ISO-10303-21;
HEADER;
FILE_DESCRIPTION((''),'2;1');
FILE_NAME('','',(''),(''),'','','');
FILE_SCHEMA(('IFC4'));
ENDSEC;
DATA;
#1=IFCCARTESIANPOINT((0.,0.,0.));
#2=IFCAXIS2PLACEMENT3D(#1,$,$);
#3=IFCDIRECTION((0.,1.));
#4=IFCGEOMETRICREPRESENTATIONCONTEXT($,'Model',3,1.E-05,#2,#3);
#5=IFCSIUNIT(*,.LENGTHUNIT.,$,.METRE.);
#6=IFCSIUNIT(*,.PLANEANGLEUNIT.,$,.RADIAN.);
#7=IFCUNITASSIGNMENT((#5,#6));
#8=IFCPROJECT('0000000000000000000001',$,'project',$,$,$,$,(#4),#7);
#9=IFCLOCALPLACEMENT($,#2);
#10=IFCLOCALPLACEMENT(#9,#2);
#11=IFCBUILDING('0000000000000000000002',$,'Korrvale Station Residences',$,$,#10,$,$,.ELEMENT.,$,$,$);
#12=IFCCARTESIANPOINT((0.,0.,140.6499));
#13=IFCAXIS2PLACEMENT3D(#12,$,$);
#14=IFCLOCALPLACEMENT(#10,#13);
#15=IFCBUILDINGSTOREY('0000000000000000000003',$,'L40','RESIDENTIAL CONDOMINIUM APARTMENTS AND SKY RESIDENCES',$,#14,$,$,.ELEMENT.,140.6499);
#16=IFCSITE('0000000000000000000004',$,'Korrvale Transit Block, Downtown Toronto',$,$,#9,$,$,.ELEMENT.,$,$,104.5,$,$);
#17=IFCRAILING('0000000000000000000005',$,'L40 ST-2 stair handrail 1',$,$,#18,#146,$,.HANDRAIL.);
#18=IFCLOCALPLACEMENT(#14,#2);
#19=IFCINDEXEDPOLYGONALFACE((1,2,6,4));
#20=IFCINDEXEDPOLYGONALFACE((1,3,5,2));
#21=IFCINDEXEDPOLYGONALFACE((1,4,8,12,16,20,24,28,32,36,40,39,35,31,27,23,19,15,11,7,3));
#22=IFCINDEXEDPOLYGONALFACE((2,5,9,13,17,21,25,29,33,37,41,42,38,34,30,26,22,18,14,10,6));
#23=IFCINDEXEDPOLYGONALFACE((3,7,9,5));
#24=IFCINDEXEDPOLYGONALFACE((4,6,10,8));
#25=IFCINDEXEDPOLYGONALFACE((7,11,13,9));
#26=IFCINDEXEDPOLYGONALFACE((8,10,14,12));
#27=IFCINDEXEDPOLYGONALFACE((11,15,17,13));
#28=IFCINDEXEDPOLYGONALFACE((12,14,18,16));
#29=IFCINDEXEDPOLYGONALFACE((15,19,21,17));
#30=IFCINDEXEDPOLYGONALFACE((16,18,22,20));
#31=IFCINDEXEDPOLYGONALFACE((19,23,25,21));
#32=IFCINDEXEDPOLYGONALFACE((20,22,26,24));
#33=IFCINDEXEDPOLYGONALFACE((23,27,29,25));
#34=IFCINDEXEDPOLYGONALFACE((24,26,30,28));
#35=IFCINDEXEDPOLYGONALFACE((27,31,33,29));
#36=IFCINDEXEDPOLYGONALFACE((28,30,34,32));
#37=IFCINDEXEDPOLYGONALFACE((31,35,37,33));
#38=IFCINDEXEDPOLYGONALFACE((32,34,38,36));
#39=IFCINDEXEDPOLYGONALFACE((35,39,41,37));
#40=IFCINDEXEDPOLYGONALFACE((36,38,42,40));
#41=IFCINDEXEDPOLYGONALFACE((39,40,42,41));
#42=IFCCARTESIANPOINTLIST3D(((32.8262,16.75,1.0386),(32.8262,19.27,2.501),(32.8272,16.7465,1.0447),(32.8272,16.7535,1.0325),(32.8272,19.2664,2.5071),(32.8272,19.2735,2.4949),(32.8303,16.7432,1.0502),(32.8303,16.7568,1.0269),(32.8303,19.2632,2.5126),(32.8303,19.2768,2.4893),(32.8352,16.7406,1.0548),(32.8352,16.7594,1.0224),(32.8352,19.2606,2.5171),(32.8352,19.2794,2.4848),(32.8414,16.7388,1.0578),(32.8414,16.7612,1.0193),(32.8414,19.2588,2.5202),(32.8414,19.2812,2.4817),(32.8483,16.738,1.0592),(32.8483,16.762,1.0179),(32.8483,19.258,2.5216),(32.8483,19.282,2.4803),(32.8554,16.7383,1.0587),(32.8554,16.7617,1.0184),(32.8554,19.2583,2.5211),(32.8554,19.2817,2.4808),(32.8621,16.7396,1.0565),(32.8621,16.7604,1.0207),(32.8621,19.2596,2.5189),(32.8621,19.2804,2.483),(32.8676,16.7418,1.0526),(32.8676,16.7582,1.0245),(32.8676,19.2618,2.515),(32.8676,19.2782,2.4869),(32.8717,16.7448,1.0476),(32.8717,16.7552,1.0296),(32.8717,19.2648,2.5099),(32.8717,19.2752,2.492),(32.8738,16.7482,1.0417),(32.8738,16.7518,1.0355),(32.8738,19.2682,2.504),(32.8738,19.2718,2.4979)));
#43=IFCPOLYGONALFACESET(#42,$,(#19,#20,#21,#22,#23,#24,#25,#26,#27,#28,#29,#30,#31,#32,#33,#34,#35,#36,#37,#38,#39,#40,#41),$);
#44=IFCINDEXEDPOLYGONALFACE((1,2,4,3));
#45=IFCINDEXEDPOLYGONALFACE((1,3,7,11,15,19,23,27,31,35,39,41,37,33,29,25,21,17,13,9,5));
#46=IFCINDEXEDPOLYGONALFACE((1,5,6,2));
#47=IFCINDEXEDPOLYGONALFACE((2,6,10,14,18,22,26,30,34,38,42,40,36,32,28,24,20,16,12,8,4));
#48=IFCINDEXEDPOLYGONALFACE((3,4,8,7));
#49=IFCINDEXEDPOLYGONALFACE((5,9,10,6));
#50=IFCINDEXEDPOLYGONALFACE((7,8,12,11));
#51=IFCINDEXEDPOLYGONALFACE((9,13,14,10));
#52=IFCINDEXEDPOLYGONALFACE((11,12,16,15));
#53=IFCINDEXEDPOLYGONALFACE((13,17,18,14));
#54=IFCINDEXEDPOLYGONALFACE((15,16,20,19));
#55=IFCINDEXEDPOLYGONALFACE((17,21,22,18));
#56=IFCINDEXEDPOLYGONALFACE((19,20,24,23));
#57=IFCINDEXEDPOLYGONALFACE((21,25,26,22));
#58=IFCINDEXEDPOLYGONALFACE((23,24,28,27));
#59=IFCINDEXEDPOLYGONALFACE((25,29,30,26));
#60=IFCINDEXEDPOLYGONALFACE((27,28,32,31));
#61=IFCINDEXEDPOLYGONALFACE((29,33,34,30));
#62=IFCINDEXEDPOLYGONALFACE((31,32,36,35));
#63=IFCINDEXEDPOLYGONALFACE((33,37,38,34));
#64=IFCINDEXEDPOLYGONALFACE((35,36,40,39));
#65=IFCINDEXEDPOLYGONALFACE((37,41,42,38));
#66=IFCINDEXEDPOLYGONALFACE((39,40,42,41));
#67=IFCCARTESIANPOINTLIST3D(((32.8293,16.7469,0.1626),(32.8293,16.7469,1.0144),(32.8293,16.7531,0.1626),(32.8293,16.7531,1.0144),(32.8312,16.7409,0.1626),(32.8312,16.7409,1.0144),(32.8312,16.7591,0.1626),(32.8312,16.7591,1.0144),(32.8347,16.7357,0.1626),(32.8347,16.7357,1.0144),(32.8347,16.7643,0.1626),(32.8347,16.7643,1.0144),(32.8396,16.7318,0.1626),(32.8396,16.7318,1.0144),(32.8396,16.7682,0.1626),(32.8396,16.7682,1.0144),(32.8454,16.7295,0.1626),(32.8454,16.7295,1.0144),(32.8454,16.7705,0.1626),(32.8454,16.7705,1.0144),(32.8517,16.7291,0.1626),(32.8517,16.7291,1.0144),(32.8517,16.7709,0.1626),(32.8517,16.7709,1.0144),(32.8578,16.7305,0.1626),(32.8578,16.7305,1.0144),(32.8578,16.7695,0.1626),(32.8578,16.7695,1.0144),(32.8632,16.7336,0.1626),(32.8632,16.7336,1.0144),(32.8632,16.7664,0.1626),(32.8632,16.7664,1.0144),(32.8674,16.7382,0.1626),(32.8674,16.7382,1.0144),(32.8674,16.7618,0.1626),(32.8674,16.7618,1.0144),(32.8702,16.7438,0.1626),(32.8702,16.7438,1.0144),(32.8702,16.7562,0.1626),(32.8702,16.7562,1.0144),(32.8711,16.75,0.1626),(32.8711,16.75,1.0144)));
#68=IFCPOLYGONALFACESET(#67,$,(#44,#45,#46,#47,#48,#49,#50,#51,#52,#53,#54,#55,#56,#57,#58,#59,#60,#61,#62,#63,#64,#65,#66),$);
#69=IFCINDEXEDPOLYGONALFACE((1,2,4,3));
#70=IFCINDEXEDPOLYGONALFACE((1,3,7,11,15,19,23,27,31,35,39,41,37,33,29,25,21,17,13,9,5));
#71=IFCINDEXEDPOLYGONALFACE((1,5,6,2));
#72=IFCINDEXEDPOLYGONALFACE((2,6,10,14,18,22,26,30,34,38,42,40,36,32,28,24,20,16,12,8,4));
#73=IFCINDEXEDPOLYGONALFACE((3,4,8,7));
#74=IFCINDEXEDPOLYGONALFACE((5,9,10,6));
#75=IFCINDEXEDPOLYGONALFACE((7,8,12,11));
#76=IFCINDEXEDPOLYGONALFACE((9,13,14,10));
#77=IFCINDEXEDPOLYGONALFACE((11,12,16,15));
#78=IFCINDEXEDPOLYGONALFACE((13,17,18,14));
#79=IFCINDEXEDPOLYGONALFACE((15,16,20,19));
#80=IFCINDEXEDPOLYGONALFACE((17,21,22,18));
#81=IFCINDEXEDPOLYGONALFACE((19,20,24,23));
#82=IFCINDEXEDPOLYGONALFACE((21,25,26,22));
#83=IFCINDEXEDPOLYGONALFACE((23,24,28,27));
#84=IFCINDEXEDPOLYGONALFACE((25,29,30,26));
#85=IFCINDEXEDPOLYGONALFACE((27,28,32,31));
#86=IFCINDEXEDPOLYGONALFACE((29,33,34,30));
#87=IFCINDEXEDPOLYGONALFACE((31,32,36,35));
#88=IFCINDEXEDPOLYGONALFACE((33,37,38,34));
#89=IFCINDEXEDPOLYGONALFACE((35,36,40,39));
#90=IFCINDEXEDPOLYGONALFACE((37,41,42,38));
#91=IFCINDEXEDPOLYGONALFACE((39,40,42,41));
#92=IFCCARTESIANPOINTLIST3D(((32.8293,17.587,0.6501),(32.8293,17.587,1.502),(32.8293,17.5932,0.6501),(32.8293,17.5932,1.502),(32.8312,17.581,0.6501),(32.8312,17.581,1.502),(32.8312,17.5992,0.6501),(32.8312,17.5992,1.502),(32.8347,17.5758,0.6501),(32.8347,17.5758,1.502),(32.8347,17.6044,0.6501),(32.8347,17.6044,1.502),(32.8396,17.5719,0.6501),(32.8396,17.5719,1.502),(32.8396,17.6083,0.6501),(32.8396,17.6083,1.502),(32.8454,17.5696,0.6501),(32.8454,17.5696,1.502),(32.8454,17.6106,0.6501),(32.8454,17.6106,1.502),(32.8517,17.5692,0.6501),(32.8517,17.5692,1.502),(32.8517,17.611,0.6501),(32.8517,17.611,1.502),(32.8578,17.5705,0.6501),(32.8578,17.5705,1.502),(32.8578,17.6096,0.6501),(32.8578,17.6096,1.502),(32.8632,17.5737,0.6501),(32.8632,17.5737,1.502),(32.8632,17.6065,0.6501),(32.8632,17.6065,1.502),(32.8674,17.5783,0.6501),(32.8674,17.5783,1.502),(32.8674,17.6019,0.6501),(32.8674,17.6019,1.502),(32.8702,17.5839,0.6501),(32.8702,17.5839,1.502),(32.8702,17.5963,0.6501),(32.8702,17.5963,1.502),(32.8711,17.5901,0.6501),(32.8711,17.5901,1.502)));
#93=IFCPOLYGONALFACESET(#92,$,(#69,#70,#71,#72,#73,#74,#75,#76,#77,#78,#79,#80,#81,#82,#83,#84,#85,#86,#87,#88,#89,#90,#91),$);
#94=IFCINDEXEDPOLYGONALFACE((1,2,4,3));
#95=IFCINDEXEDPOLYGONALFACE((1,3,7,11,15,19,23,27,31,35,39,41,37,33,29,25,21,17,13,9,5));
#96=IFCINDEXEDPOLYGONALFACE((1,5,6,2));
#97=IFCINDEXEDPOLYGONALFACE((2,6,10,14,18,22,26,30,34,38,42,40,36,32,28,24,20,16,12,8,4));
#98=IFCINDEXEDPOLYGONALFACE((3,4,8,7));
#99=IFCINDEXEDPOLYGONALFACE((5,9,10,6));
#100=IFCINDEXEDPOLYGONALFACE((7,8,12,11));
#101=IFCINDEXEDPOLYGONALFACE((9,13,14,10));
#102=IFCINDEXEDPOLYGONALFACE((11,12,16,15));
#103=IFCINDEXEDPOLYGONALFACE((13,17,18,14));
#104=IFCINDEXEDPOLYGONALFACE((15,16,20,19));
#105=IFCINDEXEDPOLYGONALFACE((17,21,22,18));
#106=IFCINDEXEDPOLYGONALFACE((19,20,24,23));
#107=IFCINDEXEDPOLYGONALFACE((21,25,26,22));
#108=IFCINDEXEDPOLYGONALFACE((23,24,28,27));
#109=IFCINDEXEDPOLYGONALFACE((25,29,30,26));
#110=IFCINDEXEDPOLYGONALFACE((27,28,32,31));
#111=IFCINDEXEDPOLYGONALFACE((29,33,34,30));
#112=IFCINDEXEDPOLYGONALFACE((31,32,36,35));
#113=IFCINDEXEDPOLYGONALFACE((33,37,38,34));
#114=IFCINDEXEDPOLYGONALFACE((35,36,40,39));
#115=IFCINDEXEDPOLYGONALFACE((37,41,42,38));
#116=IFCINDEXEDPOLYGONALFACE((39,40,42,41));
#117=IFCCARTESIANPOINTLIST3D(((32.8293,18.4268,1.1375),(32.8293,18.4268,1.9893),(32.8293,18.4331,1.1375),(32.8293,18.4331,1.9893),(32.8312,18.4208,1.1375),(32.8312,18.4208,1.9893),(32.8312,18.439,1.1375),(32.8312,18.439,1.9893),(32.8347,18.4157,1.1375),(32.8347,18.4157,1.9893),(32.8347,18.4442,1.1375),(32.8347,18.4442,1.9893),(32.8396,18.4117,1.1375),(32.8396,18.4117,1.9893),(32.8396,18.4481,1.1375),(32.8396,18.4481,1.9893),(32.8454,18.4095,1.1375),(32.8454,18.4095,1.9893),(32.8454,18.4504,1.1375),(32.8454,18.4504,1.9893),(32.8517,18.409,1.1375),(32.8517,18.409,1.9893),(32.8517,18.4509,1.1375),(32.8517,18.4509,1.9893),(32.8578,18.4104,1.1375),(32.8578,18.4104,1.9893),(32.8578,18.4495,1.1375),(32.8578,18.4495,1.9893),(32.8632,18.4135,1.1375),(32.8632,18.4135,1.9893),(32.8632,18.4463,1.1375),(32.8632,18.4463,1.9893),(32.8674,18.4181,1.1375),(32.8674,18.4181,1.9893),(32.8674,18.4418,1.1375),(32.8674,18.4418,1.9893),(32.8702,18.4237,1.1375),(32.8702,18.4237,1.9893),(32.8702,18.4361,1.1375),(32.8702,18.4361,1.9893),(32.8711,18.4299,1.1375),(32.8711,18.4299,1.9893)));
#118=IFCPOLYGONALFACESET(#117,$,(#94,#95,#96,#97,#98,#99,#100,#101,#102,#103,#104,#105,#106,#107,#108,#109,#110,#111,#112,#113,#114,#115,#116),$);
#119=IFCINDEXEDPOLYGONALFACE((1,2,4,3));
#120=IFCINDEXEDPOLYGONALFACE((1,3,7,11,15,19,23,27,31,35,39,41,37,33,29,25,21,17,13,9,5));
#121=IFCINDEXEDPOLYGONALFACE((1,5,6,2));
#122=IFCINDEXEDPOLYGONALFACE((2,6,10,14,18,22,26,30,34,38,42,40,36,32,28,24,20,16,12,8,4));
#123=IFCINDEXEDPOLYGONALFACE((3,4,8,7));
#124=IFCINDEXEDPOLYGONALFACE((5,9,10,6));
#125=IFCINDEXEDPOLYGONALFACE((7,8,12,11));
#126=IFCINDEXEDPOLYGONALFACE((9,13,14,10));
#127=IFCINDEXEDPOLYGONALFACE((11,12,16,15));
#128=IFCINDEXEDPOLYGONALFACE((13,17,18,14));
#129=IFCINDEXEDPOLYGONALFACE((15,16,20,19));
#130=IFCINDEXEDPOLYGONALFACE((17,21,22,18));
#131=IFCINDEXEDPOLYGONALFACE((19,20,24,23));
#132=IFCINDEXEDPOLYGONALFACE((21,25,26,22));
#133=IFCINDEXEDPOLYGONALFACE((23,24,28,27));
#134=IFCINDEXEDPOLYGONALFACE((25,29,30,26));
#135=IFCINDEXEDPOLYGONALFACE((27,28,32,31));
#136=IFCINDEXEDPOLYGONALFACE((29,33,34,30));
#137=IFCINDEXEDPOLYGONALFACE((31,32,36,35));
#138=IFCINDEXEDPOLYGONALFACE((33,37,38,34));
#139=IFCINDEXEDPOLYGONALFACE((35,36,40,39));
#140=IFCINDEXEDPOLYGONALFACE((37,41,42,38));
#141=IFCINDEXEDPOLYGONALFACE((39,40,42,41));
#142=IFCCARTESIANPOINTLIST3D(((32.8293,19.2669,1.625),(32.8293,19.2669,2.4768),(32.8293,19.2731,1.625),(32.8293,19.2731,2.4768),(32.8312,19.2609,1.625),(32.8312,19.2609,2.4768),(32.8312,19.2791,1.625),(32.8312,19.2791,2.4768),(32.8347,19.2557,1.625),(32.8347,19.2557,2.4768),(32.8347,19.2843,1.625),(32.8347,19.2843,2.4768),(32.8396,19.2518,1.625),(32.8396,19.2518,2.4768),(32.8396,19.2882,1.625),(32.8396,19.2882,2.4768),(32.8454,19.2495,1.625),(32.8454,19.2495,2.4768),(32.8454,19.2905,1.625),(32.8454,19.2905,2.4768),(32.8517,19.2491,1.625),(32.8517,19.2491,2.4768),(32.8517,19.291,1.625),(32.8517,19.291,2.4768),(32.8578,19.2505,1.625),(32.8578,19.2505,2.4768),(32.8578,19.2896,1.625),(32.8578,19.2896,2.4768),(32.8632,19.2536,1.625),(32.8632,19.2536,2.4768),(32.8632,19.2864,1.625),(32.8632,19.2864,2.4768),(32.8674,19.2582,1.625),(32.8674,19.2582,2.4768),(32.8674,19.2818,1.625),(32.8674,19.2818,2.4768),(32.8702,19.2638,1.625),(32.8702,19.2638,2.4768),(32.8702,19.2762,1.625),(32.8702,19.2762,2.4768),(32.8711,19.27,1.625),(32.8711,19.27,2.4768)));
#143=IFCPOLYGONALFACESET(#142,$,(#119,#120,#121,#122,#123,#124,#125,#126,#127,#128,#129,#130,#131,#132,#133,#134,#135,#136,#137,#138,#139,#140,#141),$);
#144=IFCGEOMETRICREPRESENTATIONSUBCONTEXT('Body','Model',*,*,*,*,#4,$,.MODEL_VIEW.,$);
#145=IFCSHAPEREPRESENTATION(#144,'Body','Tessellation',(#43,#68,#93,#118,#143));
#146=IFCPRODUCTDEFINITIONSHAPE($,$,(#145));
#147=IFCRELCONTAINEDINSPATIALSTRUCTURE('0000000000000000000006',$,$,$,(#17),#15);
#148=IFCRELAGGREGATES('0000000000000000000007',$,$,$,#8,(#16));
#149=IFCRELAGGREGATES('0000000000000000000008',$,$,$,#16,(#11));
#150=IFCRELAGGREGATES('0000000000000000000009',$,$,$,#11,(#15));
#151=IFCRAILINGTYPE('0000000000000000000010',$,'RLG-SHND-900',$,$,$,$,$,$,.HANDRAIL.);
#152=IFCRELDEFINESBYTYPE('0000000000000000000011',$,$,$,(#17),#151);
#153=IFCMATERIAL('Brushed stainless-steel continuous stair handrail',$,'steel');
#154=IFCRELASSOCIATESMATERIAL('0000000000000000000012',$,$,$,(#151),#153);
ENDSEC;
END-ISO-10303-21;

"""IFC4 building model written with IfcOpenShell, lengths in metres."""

from ifc_helpers import new_model, si_unit, direction, frame, origin, origin_2d, place, context, subcontext, project, spatial, circle, extrude, material, type_object, element, save


model = new_model("IFC4")

# Units and contexts
model_context = context("Model", 3, precision=1e-05, world=origin(), true_north=direction((0.0, 1.0)))
body_context = subcontext(model_context, "Body", "Model", "MODEL_VIEW")
ifc_project = project(units=[si_unit("LENGTHUNIT", "METRE"), si_unit("PLANEANGLEUNIT", "RADIAN")], contexts=[model_context])

# Site, building, storey
site_placement = place(None, origin())
site = spatial("IfcSite", under=ifc_project, at=site_placement, Name="Korrvale Transit Block, Downtown Toronto", CompositionType="ELEMENT", RefElevation=104.5)
building_placement = place(site_placement, origin())
building = spatial("IfcBuilding", under=site, at=building_placement, Name="Korrvale Station Residences", CompositionType="ELEMENT")
storey_placement = place(building_placement, frame((0.0, 0.0, 140.6499)))
storey = spatial("IfcBuildingStorey", under=building, at=storey_placement, Name="L40", Description="RESIDENTIAL CONDOMINIUM APARTMENTS AND SKY RESIDENCES", CompositionType="ELEMENT", Elevation=140.6499)

# Railing
ifc_material_1 = material(Name="Brushed stainless-steel continuous stair handrail", Category="steel")
railing_type_1 = type_object("IfcRailingType", Name="RLG-SHND-900", PredefinedType="HANDRAIL", material=ifc_material_1)
railing_1_placement = place(storey_placement, frame((32.8501, 16.75, 0.1626)))
element("IfcRailing", 1, at=railing_1_placement, inside=storey, type_object=railing_type_1, Name="L40 ST-2 stair handrail 1", PredefinedType="HANDRAIL", context=body_context, shape_type="SweptSolid", body=[
    extrude(circle(Radius=0.0239, at=origin_2d()), frame((0.0, 0.0, 0.876), z_axis=(0.0, 0.864913, 0.501921), x_axis=(-1.0, 0.0, 0.0)), (0.0, 0.0, 1.0), 2.9136),
    extrude(circle(Radius=0.021, at=origin_2d()), origin(), (0.0, 0.0, 1.0), 0.8518),
    extrude(circle(Radius=0.021, at=origin_2d()), frame((0.0, 0.8401, 0.4875)), (0.0, 0.0, 1.0), 0.8518),
    extrude(circle(Radius=0.021, at=origin_2d()), frame((0.0, 1.6799, 0.9749)), (0.0, 0.0, 1.0), 0.8518),
    extrude(circle(Radius=0.021, at=origin_2d()), frame((0.0, 2.52, 1.4624)), (0.0, 0.0, 1.0), 0.8518),
])

save(model, "model.ifc")
